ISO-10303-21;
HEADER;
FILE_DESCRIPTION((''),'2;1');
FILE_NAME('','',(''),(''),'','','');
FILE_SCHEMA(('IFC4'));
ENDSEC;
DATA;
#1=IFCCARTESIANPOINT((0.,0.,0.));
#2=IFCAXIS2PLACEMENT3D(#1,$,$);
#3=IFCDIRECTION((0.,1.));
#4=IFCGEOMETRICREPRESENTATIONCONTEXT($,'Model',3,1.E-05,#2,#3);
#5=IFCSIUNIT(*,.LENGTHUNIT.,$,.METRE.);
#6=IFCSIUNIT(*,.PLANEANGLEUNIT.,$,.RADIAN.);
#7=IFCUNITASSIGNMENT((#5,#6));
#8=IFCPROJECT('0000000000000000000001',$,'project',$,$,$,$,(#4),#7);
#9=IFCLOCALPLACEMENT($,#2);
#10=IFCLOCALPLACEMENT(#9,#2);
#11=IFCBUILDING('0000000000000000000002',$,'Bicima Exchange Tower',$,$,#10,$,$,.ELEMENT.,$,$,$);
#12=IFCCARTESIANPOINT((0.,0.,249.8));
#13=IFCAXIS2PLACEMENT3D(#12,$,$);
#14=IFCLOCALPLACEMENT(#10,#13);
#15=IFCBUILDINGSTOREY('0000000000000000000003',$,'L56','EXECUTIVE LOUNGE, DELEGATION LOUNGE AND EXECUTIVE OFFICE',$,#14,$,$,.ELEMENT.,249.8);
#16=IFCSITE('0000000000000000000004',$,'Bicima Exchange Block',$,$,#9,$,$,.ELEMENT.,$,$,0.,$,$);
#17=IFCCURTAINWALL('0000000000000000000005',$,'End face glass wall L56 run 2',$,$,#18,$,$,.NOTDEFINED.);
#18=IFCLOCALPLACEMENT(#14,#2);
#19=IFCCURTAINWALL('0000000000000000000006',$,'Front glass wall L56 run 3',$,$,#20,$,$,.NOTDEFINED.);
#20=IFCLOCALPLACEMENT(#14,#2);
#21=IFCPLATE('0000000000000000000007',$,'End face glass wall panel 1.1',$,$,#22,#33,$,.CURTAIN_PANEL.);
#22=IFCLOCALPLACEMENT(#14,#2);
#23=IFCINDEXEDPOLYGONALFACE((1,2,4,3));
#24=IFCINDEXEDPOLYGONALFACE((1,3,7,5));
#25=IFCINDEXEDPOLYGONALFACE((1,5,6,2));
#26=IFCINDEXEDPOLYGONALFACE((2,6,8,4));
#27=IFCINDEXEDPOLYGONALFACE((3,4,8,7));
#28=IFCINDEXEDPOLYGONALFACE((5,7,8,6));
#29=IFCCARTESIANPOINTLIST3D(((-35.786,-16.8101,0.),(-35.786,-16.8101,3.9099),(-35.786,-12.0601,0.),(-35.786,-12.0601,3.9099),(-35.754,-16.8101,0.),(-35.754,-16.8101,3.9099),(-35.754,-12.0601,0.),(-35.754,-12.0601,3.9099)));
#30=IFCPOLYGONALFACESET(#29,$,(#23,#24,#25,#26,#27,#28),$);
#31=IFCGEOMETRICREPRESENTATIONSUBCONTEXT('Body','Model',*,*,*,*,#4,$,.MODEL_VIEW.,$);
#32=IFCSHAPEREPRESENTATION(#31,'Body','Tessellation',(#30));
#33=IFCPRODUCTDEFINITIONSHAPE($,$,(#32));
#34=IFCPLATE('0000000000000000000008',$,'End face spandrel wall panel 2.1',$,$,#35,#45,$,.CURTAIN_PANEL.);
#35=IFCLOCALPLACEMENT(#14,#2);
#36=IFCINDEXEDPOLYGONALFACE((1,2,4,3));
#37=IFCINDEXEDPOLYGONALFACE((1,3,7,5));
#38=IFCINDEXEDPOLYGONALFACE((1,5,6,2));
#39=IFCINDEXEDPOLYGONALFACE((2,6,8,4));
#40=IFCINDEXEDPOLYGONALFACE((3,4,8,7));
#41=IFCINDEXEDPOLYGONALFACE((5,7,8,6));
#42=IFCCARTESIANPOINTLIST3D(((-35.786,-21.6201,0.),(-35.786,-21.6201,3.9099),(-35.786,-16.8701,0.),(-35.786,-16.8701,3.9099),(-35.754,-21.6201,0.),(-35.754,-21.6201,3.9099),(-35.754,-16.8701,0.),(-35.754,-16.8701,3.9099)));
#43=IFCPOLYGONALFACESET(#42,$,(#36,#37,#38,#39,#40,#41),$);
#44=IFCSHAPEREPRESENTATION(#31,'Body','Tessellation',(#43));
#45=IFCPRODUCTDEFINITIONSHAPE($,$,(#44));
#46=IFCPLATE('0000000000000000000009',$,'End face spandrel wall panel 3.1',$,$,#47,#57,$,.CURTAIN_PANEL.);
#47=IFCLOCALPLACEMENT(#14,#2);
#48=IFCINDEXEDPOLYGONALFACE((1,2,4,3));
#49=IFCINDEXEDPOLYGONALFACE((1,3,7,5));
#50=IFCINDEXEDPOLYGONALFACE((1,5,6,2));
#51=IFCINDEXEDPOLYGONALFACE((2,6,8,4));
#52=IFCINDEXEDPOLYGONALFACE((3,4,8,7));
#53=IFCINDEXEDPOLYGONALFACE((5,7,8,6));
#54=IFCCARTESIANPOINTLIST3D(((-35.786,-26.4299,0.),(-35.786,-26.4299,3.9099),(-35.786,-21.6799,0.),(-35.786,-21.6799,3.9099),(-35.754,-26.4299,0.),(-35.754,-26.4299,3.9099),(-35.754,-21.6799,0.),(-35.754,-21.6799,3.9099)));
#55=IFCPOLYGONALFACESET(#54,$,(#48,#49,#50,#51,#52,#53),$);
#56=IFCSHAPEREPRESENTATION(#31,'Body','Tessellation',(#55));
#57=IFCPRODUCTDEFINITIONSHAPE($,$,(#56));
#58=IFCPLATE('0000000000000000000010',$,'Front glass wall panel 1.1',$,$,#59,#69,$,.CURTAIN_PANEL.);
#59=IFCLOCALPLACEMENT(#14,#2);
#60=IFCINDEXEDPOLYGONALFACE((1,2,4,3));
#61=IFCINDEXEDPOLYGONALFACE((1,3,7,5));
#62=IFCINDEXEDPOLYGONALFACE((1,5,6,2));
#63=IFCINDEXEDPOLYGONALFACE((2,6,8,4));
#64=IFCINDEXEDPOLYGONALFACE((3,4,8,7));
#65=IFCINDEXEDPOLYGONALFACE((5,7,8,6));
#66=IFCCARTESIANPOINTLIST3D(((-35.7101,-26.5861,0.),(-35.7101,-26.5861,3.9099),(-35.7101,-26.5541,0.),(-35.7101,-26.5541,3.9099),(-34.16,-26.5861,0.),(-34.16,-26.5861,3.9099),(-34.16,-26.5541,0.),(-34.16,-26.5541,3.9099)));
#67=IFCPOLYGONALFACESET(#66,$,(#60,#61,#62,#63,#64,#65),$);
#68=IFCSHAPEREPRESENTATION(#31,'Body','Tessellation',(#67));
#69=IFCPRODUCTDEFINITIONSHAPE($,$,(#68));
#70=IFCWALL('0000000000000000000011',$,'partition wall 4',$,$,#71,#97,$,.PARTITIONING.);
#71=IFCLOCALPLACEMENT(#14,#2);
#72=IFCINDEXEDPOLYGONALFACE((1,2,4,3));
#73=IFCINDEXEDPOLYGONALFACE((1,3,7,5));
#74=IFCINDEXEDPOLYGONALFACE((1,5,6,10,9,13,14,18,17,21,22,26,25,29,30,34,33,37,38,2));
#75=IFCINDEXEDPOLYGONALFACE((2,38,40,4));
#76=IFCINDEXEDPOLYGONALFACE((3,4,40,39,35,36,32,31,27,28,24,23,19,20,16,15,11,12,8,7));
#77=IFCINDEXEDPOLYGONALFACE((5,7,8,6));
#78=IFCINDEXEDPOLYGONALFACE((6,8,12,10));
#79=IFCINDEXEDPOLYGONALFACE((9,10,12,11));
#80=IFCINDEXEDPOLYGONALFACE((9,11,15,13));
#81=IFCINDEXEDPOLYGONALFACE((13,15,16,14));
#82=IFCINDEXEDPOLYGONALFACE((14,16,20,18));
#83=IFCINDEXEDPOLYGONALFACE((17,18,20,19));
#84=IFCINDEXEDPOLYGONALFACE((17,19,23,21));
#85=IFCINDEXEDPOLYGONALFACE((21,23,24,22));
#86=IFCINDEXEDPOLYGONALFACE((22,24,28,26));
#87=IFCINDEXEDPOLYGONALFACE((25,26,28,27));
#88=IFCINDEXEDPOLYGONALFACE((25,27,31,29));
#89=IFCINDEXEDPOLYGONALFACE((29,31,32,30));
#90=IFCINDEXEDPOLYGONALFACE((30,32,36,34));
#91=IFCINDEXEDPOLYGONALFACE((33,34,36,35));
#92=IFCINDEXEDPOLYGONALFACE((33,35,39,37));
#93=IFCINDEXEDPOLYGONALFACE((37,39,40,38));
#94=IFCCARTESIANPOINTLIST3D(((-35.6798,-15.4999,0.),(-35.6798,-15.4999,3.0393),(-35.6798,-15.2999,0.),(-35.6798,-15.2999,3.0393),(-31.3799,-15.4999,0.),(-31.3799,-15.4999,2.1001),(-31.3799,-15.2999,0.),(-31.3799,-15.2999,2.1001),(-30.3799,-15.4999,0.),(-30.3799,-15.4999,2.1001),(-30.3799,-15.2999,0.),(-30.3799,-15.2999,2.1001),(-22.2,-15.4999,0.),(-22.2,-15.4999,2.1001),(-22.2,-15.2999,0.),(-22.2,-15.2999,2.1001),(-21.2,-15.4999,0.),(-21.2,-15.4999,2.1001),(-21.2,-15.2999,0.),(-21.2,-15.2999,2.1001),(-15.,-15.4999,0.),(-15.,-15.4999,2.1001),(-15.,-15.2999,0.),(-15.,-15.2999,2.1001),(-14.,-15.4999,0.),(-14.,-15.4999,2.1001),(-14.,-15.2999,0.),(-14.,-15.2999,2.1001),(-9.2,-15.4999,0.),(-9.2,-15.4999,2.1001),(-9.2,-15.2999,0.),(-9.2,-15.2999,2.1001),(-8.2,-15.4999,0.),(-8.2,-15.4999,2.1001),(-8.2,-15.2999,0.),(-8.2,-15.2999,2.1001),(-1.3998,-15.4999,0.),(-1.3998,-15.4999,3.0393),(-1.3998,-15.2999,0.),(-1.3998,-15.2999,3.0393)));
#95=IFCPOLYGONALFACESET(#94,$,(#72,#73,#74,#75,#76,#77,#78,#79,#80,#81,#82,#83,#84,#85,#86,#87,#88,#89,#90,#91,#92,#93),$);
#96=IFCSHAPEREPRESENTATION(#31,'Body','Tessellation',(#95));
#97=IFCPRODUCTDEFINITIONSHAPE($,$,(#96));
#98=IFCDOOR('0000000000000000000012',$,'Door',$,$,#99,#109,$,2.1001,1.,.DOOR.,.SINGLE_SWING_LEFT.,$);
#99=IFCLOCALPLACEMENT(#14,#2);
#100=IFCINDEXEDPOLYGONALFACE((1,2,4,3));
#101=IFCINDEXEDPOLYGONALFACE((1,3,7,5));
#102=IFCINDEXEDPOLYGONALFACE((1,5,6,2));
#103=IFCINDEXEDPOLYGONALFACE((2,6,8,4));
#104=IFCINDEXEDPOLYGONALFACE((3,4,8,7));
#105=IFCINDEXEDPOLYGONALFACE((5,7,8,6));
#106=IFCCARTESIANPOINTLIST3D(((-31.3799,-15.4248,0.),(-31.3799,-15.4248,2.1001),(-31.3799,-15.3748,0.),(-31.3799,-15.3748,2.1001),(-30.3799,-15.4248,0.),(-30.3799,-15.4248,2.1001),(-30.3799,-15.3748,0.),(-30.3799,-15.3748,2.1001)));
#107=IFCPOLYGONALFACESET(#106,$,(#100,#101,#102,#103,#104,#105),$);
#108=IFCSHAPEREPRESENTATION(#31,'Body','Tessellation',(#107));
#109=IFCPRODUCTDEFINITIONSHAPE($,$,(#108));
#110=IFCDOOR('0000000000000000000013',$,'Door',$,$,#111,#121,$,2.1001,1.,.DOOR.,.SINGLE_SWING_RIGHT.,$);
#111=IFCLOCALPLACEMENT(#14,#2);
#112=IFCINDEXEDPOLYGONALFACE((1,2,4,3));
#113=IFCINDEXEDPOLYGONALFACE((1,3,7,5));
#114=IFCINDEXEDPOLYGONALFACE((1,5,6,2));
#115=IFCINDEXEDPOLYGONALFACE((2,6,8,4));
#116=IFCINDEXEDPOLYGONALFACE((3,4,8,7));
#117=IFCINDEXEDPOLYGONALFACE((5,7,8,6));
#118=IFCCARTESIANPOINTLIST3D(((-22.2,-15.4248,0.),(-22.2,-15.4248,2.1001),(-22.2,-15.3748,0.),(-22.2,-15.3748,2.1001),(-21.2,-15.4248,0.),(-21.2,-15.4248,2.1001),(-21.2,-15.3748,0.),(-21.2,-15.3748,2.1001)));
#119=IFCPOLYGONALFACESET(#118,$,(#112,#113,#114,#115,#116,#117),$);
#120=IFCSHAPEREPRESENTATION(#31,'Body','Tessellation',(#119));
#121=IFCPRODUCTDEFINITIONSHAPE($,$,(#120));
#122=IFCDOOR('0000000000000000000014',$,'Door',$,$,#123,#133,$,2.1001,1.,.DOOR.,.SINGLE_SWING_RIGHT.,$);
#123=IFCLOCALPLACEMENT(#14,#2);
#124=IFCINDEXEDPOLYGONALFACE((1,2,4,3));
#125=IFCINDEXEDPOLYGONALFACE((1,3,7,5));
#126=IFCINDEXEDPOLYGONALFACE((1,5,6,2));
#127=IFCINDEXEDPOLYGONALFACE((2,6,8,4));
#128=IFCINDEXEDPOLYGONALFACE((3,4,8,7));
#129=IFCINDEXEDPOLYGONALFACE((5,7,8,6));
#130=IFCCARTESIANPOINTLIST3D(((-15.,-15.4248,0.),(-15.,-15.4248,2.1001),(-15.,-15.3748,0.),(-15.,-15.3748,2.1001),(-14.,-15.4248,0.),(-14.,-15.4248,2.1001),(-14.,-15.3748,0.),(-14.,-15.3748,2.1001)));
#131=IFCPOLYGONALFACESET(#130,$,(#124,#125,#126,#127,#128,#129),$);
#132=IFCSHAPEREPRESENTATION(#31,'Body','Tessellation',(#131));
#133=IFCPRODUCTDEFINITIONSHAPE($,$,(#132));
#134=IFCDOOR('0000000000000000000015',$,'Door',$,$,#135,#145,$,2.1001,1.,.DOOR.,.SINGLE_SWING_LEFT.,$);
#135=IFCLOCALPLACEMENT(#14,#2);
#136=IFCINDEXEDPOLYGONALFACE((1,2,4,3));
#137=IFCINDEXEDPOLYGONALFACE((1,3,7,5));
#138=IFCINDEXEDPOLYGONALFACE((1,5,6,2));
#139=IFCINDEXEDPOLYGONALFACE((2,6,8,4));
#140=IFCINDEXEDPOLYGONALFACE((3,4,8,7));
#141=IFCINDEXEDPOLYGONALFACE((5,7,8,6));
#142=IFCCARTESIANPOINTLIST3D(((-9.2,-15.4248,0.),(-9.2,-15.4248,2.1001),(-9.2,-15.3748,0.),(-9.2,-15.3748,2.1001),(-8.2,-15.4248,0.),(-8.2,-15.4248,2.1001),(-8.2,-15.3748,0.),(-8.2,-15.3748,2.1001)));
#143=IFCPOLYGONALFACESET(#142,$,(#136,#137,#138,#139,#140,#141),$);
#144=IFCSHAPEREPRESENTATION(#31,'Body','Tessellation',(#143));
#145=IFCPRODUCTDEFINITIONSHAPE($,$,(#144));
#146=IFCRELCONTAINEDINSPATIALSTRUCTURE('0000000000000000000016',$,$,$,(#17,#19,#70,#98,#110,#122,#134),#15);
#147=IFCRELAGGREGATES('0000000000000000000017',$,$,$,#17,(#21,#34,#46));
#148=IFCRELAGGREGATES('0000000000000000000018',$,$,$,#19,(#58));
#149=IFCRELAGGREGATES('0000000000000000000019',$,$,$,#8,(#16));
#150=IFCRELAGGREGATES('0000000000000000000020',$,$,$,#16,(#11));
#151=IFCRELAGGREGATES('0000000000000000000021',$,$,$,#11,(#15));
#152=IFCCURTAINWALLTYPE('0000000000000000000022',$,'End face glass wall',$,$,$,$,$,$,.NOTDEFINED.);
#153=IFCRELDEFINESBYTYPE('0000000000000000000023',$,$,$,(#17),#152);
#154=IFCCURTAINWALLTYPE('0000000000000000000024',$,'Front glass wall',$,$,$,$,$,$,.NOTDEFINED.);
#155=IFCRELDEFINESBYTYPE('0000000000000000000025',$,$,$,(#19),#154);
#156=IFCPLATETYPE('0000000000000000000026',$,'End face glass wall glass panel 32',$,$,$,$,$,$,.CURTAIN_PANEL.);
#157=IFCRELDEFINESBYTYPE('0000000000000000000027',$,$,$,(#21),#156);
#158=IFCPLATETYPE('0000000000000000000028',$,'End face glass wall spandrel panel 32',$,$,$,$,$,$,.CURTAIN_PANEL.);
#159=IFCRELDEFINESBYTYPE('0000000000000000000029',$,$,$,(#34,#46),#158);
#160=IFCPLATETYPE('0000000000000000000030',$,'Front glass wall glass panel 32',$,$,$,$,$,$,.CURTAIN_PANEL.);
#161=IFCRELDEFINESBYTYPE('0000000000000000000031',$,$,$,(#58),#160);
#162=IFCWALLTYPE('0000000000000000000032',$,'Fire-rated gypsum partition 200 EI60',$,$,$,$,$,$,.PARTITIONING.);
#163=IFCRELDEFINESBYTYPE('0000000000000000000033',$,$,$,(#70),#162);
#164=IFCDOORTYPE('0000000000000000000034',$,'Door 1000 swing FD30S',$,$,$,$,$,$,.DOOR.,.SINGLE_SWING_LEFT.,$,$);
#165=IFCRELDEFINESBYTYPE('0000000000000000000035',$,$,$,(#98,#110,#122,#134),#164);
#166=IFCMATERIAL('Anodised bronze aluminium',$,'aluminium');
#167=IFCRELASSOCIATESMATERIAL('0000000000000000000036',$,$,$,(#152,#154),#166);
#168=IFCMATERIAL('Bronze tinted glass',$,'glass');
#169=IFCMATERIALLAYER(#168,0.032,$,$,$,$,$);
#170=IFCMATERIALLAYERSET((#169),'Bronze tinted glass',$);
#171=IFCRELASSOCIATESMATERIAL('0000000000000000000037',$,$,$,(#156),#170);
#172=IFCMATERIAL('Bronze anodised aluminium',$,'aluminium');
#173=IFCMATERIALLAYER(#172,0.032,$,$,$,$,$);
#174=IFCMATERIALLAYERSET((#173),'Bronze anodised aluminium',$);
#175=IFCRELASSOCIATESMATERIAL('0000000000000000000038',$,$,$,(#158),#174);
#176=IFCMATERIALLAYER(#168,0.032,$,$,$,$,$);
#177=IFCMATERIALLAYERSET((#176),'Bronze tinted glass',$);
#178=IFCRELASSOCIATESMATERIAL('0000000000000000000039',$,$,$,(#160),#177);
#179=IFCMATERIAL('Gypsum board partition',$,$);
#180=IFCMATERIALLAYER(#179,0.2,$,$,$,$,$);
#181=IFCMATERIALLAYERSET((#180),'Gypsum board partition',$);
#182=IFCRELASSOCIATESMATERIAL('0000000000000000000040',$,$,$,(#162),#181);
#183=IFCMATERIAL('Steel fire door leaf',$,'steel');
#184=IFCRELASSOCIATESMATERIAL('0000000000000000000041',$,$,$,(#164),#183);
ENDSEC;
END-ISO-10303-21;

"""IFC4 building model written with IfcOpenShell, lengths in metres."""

from ifc_helpers import new_model, si_unit, direction, frame, frame_2d, origin, origin_2d, place, context, subcontext, project, spatial, rectangle, extrude, material, layer, layer_set, type_object, element, fill, aggregate, save


model = new_model("IFC4")

# Units and contexts
model_context = context("Model", 3, precision=1e-05, world=origin(), true_north=direction((0.0, 1.0)))
body_context = subcontext(model_context, "Body", "Model", "MODEL_VIEW")
ifc_project = project(units=[si_unit("LENGTHUNIT", "METRE"), si_unit("PLANEANGLEUNIT", "RADIAN")], contexts=[model_context])

# Site, building, storey
site_placement = place(None, origin())
site = spatial("IfcSite", under=ifc_project, at=site_placement, Name="Bicima Exchange Block", CompositionType="ELEMENT", RefElevation=0.0)
building_placement = place(site_placement, origin())
building = spatial("IfcBuilding", under=site, at=building_placement, Name="Bicima Exchange Tower", CompositionType="ELEMENT")
storey_placement = place(building_placement, frame((0.0, 0.0, 249.8)))
storey = spatial("IfcBuildingStorey", under=building, at=storey_placement, Name="L56", Description="EXECUTIVE LOUNGE, DELEGATION LOUNGE AND EXECUTIVE OFFICE", CompositionType="ELEMENT", Elevation=249.8)

# Curtain wall
ifc_material_1 = material(Name="Anodised bronze aluminium", Category="aluminium")
curtain_wall_type_1 = type_object("IfcCurtainWallType", Name="End face glass wall", PredefinedType="NOTDEFINED", material=ifc_material_1)
curtain_wall_1_placement = place(storey_placement, origin())
curtain_wall_1 = element("IfcCurtainWall", 1, at=curtain_wall_1_placement, inside=storey, type_object=curtain_wall_type_1, Name="End face glass wall L56 run 2", PredefinedType="NOTDEFINED")

# Curtain wall
curtain_wall_type_2 = type_object("IfcCurtainWallType", Name="Front glass wall", PredefinedType="NOTDEFINED", material=ifc_material_1)
curtain_wall_2_placement = place(storey_placement, origin())
curtain_wall_2 = element("IfcCurtainWall", 2, at=curtain_wall_2_placement, inside=storey, type_object=curtain_wall_type_2, Name="Front glass wall L56 run 3", PredefinedType="NOTDEFINED")

# Plates
ifc_material_2 = material(Name="Bronze tinted glass", Category="glass")
ifc_layer_1 = layer(ifc_material_2, 0.032)
ifc_layer_set_1 = layer_set([ifc_layer_1], Name="Bronze tinted glass")
plate_type_1 = type_object("IfcPlateType", Name="End face glass wall glass panel 32", PredefinedType="CURTAIN_PANEL", material=ifc_layer_set_1)
plate_1_placement = place(storey_placement, frame((-35.77, -14.4351, 0.0), z_axis=(0.0, 0.0, 1.0), x_axis=(0.0, -1.0, 0.0)))
plate_1 = element("IfcPlate", 3, at=plate_1_placement, type_object=plate_type_1, Name="End face glass wall panel 1.1", PredefinedType="CURTAIN_PANEL", context=body_context, shape_type="SweptSolid", body=[
    extrude(rectangle(XDim=4.75, YDim=0.032, at=origin_2d()), origin(), (0.0, 0.0, 1.0), 3.9099),
])
ifc_material_3 = material(Name="Bronze anodised aluminium", Category="aluminium")
ifc_layer_2 = layer(ifc_material_3, 0.032)
ifc_layer_set_2 = layer_set([ifc_layer_2], Name="Bronze anodised aluminium")
plate_type_2 = type_object("IfcPlateType", Name="End face glass wall spandrel panel 32", PredefinedType="CURTAIN_PANEL", material=ifc_layer_set_2)
plate_2_placement = place(storey_placement, frame((-35.77, -19.2451, 0.0), z_axis=(0.0, 0.0, 1.0), x_axis=(0.0, -1.0, 0.0)))
plate_2 = element("IfcPlate", 4, at=plate_2_placement, type_object=plate_type_2, Name="End face spandrel wall panel 2.1", PredefinedType="CURTAIN_PANEL", context=body_context, shape_type="SweptSolid", body=[
    extrude(rectangle(XDim=4.75, YDim=0.032, at=origin_2d()), origin(), (0.0, 0.0, 1.0), 3.9099),
])
plate_3_placement = place(storey_placement, frame((-35.77, -24.0549, 0.0), z_axis=(0.0, 0.0, 1.0), x_axis=(0.0, -1.0, 0.0)))
plate_3 = element("IfcPlate", 5, at=plate_3_placement, type_object=plate_type_2, Name="End face spandrel wall panel 3.1", PredefinedType="CURTAIN_PANEL", context=body_context, shape_type="SweptSolid", body=[
    extrude(rectangle(XDim=4.75, YDim=0.032, at=origin_2d()), origin(), (0.0, 0.0, 1.0), 3.9099),
])
aggregate(curtain_wall_1, [plate_1, plate_2, plate_3])
ifc_layer_3 = layer(ifc_material_2, 0.032)
ifc_layer_set_3 = layer_set([ifc_layer_3], Name="Bronze tinted glass")
plate_type_3 = type_object("IfcPlateType", Name="Front glass wall glass panel 32", PredefinedType="CURTAIN_PANEL", material=ifc_layer_set_3)
plate_4_placement = place(storey_placement, frame((-34.9351, -26.5701, 0.0), z_axis=(0.0, 0.0, 1.0), x_axis=(1.0, 0.0, 0.0)))
plate_4 = element("IfcPlate", 6, at=plate_4_placement, type_object=plate_type_3, Name="Front glass wall panel 1.1", PredefinedType="CURTAIN_PANEL", context=body_context, shape_type="SweptSolid", body=[
    extrude(rectangle(XDim=1.55, YDim=0.032, at=origin_2d()), origin(), (0.0, 0.0, 1.0), 3.9099),
])
aggregate(curtain_wall_2, [plate_4])

# Wall, openings, doors
ifc_material_4 = material(Name="Gypsum board partition")
ifc_layer_4 = layer(ifc_material_4, 0.2)
ifc_layer_set_4 = layer_set([ifc_layer_4], Name="Gypsum board partition")
wall_type_1 = type_object("IfcWallType", Name="Fire-rated gypsum partition 200 EI60", PredefinedType="PARTITIONING", material=ifc_layer_set_4)
wall_1_placement = place(storey_placement, frame((-35.6799, -15.3999, 0.0), z_axis=(0.0, 0.0, 1.0), x_axis=(1.0, 0.0, 0.0)))
wall_1 = element("IfcWall", 7, at=wall_1_placement, inside=storey, type_object=wall_type_1, Name="partition wall 4", PredefinedType="PARTITIONING", context=body_context, shape_type="SweptSolid", body=[
    extrude(rectangle(XDim=34.28, YDim=0.2, at=frame_2d((17.1401, 0.0))), origin(), (0.0, 0.0, 1.0), 3.0393),
])
opening_1_placement = place(wall_1_placement, frame((4.3, 0.0, 0.0)))
opening_1 = element("IfcOpeningElement", 8, at=opening_1_placement, cuts=wall_1, PredefinedType="OPENING", context=body_context, shape_type="SweptSolid", body=[
    extrude(rectangle(XDim=1.0, YDim=2.1001, at=frame_2d((0.5, 1.05))), frame((0.0, 0.1118, 0.0), z_axis=(0.0, -1.0, 0.0), x_axis=(1.0, 0.0, 0.0)), (0.0, 0.0, 1.0), 0.2239),
])
opening_2_placement = place(wall_1_placement, frame((13.48, 0.0, 0.0)))
opening_2 = element("IfcOpeningElement", 9, at=opening_2_placement, cuts=wall_1, PredefinedType="OPENING", context=body_context, shape_type="SweptSolid", body=[
    extrude(rectangle(XDim=1.0, YDim=2.1001, at=frame_2d((0.5, 1.05))), frame((0.0, 0.1118, 0.0), z_axis=(0.0, -1.0, 0.0), x_axis=(1.0, 0.0, 0.0)), (0.0, 0.0, 1.0), 0.2239),
])
opening_3_placement = place(wall_1_placement, frame((20.6799, 0.0, 0.0)))
opening_3 = element("IfcOpeningElement", 10, at=opening_3_placement, cuts=wall_1, PredefinedType="OPENING", context=body_context, shape_type="SweptSolid", body=[
    extrude(rectangle(XDim=1.0, YDim=2.1001, at=frame_2d((0.5, 1.05))), frame((0.0, 0.1118, 0.0), z_axis=(0.0, -1.0, 0.0), x_axis=(1.0, 0.0, 0.0)), (0.0, 0.0, 1.0), 0.2239),
])
opening_4_placement = place(wall_1_placement, frame((26.48, 0.0, 0.0)))
opening_4 = element("IfcOpeningElement", 11, at=opening_4_placement, cuts=wall_1, PredefinedType="OPENING", context=body_context, shape_type="SweptSolid", body=[
    extrude(rectangle(XDim=1.0, YDim=2.1001, at=frame_2d((0.5, 1.05))), frame((0.0, 0.1118, 0.0), z_axis=(0.0, -1.0, 0.0), x_axis=(1.0, 0.0, 0.0)), (0.0, 0.0, 1.0), 0.2239),
])
ifc_material_5 = material(Name="Steel fire door leaf", Category="steel")
door_type_1 = type_object("IfcDoorType", Name="Door 1000 swing FD30S", OperationType="SINGLE_SWING_LEFT", PredefinedType="DOOR", material=ifc_material_5)
door_1_placement = place(opening_1_placement, frame((1.0, 0.0, 0.0), z_axis=(0.0, 0.0, 1.0), x_axis=(-1.0, 0.0, 0.0)))
door_1 = element("IfcDoor", 12, at=door_1_placement, inside=storey, type_object=door_type_1, Name="Door", OperationType="SINGLE_SWING_LEFT", OverallHeight=2.1001, OverallWidth=1.0, PredefinedType="DOOR", context=body_context, shape_type="SweptSolid", body=[
    extrude(rectangle(XDim=1.0, YDim=2.1001, at=frame_2d((0.5, 1.05))), frame((0.0, 0.0249, 0.0), z_axis=(0.0, -1.0, 0.0), x_axis=(1.0, 0.0, 0.0)), (0.0, 0.0, 1.0), 0.05),
])
fill(opening_1, door_1)
door_2_placement = place(opening_2_placement, frame((1.0, 0.0, 0.0), z_axis=(0.0, 0.0, 1.0), x_axis=(-1.0, 0.0, 0.0)))
door_2 = element("IfcDoor", 13, at=door_2_placement, inside=storey, type_object=door_type_1, Name="Door", OperationType="SINGLE_SWING_RIGHT", OverallHeight=2.1001, OverallWidth=1.0, PredefinedType="DOOR", context=body_context, shape_type="SweptSolid", body=[
    extrude(rectangle(XDim=1.0, YDim=2.1001, at=frame_2d((0.5, 1.05))), frame((0.0, 0.0249, 0.0), z_axis=(0.0, -1.0, 0.0), x_axis=(1.0, 0.0, 0.0)), (0.0, 0.0, 1.0), 0.05),
])
fill(opening_2, door_2)
door_3_placement = place(opening_3_placement, frame((1.0, 0.0, 0.0), z_axis=(0.0, 0.0, 1.0), x_axis=(-1.0, 0.0, 0.0)))
door_3 = element("IfcDoor", 14, at=door_3_placement, inside=storey, type_object=door_type_1, Name="Door", OperationType="SINGLE_SWING_RIGHT", OverallHeight=2.1001, OverallWidth=1.0, PredefinedType="DOOR", context=body_context, shape_type="SweptSolid", body=[
    extrude(rectangle(XDim=1.0, YDim=2.1001, at=frame_2d((0.5, 1.05))), frame((0.0, 0.0249, 0.0), z_axis=(0.0, -1.0, 0.0), x_axis=(1.0, 0.0, 0.0)), (0.0, 0.0, 1.0), 0.05),
])
fill(opening_3, door_3)
door_4_placement = place(opening_4_placement, frame((1.0, 0.0, 0.0), z_axis=(0.0, 0.0, 1.0), x_axis=(-1.0, 0.0, 0.0)))
door_4 = element("IfcDoor", 15, at=door_4_placement, inside=storey, type_object=door_type_1, Name="Door", OperationType="SINGLE_SWING_LEFT", OverallHeight=2.1001, OverallWidth=1.0, PredefinedType="DOOR", context=body_context, shape_type="SweptSolid", body=[
    extrude(rectangle(XDim=1.0, YDim=2.1001, at=frame_2d((0.5, 1.05))), frame((0.0, 0.0249, 0.0), z_axis=(0.0, -1.0, 0.0), x_axis=(1.0, 0.0, 0.0)), (0.0, 0.0, 1.0), 0.05),
])
fill(opening_4, door_4)

save(model, "model.ifc")
